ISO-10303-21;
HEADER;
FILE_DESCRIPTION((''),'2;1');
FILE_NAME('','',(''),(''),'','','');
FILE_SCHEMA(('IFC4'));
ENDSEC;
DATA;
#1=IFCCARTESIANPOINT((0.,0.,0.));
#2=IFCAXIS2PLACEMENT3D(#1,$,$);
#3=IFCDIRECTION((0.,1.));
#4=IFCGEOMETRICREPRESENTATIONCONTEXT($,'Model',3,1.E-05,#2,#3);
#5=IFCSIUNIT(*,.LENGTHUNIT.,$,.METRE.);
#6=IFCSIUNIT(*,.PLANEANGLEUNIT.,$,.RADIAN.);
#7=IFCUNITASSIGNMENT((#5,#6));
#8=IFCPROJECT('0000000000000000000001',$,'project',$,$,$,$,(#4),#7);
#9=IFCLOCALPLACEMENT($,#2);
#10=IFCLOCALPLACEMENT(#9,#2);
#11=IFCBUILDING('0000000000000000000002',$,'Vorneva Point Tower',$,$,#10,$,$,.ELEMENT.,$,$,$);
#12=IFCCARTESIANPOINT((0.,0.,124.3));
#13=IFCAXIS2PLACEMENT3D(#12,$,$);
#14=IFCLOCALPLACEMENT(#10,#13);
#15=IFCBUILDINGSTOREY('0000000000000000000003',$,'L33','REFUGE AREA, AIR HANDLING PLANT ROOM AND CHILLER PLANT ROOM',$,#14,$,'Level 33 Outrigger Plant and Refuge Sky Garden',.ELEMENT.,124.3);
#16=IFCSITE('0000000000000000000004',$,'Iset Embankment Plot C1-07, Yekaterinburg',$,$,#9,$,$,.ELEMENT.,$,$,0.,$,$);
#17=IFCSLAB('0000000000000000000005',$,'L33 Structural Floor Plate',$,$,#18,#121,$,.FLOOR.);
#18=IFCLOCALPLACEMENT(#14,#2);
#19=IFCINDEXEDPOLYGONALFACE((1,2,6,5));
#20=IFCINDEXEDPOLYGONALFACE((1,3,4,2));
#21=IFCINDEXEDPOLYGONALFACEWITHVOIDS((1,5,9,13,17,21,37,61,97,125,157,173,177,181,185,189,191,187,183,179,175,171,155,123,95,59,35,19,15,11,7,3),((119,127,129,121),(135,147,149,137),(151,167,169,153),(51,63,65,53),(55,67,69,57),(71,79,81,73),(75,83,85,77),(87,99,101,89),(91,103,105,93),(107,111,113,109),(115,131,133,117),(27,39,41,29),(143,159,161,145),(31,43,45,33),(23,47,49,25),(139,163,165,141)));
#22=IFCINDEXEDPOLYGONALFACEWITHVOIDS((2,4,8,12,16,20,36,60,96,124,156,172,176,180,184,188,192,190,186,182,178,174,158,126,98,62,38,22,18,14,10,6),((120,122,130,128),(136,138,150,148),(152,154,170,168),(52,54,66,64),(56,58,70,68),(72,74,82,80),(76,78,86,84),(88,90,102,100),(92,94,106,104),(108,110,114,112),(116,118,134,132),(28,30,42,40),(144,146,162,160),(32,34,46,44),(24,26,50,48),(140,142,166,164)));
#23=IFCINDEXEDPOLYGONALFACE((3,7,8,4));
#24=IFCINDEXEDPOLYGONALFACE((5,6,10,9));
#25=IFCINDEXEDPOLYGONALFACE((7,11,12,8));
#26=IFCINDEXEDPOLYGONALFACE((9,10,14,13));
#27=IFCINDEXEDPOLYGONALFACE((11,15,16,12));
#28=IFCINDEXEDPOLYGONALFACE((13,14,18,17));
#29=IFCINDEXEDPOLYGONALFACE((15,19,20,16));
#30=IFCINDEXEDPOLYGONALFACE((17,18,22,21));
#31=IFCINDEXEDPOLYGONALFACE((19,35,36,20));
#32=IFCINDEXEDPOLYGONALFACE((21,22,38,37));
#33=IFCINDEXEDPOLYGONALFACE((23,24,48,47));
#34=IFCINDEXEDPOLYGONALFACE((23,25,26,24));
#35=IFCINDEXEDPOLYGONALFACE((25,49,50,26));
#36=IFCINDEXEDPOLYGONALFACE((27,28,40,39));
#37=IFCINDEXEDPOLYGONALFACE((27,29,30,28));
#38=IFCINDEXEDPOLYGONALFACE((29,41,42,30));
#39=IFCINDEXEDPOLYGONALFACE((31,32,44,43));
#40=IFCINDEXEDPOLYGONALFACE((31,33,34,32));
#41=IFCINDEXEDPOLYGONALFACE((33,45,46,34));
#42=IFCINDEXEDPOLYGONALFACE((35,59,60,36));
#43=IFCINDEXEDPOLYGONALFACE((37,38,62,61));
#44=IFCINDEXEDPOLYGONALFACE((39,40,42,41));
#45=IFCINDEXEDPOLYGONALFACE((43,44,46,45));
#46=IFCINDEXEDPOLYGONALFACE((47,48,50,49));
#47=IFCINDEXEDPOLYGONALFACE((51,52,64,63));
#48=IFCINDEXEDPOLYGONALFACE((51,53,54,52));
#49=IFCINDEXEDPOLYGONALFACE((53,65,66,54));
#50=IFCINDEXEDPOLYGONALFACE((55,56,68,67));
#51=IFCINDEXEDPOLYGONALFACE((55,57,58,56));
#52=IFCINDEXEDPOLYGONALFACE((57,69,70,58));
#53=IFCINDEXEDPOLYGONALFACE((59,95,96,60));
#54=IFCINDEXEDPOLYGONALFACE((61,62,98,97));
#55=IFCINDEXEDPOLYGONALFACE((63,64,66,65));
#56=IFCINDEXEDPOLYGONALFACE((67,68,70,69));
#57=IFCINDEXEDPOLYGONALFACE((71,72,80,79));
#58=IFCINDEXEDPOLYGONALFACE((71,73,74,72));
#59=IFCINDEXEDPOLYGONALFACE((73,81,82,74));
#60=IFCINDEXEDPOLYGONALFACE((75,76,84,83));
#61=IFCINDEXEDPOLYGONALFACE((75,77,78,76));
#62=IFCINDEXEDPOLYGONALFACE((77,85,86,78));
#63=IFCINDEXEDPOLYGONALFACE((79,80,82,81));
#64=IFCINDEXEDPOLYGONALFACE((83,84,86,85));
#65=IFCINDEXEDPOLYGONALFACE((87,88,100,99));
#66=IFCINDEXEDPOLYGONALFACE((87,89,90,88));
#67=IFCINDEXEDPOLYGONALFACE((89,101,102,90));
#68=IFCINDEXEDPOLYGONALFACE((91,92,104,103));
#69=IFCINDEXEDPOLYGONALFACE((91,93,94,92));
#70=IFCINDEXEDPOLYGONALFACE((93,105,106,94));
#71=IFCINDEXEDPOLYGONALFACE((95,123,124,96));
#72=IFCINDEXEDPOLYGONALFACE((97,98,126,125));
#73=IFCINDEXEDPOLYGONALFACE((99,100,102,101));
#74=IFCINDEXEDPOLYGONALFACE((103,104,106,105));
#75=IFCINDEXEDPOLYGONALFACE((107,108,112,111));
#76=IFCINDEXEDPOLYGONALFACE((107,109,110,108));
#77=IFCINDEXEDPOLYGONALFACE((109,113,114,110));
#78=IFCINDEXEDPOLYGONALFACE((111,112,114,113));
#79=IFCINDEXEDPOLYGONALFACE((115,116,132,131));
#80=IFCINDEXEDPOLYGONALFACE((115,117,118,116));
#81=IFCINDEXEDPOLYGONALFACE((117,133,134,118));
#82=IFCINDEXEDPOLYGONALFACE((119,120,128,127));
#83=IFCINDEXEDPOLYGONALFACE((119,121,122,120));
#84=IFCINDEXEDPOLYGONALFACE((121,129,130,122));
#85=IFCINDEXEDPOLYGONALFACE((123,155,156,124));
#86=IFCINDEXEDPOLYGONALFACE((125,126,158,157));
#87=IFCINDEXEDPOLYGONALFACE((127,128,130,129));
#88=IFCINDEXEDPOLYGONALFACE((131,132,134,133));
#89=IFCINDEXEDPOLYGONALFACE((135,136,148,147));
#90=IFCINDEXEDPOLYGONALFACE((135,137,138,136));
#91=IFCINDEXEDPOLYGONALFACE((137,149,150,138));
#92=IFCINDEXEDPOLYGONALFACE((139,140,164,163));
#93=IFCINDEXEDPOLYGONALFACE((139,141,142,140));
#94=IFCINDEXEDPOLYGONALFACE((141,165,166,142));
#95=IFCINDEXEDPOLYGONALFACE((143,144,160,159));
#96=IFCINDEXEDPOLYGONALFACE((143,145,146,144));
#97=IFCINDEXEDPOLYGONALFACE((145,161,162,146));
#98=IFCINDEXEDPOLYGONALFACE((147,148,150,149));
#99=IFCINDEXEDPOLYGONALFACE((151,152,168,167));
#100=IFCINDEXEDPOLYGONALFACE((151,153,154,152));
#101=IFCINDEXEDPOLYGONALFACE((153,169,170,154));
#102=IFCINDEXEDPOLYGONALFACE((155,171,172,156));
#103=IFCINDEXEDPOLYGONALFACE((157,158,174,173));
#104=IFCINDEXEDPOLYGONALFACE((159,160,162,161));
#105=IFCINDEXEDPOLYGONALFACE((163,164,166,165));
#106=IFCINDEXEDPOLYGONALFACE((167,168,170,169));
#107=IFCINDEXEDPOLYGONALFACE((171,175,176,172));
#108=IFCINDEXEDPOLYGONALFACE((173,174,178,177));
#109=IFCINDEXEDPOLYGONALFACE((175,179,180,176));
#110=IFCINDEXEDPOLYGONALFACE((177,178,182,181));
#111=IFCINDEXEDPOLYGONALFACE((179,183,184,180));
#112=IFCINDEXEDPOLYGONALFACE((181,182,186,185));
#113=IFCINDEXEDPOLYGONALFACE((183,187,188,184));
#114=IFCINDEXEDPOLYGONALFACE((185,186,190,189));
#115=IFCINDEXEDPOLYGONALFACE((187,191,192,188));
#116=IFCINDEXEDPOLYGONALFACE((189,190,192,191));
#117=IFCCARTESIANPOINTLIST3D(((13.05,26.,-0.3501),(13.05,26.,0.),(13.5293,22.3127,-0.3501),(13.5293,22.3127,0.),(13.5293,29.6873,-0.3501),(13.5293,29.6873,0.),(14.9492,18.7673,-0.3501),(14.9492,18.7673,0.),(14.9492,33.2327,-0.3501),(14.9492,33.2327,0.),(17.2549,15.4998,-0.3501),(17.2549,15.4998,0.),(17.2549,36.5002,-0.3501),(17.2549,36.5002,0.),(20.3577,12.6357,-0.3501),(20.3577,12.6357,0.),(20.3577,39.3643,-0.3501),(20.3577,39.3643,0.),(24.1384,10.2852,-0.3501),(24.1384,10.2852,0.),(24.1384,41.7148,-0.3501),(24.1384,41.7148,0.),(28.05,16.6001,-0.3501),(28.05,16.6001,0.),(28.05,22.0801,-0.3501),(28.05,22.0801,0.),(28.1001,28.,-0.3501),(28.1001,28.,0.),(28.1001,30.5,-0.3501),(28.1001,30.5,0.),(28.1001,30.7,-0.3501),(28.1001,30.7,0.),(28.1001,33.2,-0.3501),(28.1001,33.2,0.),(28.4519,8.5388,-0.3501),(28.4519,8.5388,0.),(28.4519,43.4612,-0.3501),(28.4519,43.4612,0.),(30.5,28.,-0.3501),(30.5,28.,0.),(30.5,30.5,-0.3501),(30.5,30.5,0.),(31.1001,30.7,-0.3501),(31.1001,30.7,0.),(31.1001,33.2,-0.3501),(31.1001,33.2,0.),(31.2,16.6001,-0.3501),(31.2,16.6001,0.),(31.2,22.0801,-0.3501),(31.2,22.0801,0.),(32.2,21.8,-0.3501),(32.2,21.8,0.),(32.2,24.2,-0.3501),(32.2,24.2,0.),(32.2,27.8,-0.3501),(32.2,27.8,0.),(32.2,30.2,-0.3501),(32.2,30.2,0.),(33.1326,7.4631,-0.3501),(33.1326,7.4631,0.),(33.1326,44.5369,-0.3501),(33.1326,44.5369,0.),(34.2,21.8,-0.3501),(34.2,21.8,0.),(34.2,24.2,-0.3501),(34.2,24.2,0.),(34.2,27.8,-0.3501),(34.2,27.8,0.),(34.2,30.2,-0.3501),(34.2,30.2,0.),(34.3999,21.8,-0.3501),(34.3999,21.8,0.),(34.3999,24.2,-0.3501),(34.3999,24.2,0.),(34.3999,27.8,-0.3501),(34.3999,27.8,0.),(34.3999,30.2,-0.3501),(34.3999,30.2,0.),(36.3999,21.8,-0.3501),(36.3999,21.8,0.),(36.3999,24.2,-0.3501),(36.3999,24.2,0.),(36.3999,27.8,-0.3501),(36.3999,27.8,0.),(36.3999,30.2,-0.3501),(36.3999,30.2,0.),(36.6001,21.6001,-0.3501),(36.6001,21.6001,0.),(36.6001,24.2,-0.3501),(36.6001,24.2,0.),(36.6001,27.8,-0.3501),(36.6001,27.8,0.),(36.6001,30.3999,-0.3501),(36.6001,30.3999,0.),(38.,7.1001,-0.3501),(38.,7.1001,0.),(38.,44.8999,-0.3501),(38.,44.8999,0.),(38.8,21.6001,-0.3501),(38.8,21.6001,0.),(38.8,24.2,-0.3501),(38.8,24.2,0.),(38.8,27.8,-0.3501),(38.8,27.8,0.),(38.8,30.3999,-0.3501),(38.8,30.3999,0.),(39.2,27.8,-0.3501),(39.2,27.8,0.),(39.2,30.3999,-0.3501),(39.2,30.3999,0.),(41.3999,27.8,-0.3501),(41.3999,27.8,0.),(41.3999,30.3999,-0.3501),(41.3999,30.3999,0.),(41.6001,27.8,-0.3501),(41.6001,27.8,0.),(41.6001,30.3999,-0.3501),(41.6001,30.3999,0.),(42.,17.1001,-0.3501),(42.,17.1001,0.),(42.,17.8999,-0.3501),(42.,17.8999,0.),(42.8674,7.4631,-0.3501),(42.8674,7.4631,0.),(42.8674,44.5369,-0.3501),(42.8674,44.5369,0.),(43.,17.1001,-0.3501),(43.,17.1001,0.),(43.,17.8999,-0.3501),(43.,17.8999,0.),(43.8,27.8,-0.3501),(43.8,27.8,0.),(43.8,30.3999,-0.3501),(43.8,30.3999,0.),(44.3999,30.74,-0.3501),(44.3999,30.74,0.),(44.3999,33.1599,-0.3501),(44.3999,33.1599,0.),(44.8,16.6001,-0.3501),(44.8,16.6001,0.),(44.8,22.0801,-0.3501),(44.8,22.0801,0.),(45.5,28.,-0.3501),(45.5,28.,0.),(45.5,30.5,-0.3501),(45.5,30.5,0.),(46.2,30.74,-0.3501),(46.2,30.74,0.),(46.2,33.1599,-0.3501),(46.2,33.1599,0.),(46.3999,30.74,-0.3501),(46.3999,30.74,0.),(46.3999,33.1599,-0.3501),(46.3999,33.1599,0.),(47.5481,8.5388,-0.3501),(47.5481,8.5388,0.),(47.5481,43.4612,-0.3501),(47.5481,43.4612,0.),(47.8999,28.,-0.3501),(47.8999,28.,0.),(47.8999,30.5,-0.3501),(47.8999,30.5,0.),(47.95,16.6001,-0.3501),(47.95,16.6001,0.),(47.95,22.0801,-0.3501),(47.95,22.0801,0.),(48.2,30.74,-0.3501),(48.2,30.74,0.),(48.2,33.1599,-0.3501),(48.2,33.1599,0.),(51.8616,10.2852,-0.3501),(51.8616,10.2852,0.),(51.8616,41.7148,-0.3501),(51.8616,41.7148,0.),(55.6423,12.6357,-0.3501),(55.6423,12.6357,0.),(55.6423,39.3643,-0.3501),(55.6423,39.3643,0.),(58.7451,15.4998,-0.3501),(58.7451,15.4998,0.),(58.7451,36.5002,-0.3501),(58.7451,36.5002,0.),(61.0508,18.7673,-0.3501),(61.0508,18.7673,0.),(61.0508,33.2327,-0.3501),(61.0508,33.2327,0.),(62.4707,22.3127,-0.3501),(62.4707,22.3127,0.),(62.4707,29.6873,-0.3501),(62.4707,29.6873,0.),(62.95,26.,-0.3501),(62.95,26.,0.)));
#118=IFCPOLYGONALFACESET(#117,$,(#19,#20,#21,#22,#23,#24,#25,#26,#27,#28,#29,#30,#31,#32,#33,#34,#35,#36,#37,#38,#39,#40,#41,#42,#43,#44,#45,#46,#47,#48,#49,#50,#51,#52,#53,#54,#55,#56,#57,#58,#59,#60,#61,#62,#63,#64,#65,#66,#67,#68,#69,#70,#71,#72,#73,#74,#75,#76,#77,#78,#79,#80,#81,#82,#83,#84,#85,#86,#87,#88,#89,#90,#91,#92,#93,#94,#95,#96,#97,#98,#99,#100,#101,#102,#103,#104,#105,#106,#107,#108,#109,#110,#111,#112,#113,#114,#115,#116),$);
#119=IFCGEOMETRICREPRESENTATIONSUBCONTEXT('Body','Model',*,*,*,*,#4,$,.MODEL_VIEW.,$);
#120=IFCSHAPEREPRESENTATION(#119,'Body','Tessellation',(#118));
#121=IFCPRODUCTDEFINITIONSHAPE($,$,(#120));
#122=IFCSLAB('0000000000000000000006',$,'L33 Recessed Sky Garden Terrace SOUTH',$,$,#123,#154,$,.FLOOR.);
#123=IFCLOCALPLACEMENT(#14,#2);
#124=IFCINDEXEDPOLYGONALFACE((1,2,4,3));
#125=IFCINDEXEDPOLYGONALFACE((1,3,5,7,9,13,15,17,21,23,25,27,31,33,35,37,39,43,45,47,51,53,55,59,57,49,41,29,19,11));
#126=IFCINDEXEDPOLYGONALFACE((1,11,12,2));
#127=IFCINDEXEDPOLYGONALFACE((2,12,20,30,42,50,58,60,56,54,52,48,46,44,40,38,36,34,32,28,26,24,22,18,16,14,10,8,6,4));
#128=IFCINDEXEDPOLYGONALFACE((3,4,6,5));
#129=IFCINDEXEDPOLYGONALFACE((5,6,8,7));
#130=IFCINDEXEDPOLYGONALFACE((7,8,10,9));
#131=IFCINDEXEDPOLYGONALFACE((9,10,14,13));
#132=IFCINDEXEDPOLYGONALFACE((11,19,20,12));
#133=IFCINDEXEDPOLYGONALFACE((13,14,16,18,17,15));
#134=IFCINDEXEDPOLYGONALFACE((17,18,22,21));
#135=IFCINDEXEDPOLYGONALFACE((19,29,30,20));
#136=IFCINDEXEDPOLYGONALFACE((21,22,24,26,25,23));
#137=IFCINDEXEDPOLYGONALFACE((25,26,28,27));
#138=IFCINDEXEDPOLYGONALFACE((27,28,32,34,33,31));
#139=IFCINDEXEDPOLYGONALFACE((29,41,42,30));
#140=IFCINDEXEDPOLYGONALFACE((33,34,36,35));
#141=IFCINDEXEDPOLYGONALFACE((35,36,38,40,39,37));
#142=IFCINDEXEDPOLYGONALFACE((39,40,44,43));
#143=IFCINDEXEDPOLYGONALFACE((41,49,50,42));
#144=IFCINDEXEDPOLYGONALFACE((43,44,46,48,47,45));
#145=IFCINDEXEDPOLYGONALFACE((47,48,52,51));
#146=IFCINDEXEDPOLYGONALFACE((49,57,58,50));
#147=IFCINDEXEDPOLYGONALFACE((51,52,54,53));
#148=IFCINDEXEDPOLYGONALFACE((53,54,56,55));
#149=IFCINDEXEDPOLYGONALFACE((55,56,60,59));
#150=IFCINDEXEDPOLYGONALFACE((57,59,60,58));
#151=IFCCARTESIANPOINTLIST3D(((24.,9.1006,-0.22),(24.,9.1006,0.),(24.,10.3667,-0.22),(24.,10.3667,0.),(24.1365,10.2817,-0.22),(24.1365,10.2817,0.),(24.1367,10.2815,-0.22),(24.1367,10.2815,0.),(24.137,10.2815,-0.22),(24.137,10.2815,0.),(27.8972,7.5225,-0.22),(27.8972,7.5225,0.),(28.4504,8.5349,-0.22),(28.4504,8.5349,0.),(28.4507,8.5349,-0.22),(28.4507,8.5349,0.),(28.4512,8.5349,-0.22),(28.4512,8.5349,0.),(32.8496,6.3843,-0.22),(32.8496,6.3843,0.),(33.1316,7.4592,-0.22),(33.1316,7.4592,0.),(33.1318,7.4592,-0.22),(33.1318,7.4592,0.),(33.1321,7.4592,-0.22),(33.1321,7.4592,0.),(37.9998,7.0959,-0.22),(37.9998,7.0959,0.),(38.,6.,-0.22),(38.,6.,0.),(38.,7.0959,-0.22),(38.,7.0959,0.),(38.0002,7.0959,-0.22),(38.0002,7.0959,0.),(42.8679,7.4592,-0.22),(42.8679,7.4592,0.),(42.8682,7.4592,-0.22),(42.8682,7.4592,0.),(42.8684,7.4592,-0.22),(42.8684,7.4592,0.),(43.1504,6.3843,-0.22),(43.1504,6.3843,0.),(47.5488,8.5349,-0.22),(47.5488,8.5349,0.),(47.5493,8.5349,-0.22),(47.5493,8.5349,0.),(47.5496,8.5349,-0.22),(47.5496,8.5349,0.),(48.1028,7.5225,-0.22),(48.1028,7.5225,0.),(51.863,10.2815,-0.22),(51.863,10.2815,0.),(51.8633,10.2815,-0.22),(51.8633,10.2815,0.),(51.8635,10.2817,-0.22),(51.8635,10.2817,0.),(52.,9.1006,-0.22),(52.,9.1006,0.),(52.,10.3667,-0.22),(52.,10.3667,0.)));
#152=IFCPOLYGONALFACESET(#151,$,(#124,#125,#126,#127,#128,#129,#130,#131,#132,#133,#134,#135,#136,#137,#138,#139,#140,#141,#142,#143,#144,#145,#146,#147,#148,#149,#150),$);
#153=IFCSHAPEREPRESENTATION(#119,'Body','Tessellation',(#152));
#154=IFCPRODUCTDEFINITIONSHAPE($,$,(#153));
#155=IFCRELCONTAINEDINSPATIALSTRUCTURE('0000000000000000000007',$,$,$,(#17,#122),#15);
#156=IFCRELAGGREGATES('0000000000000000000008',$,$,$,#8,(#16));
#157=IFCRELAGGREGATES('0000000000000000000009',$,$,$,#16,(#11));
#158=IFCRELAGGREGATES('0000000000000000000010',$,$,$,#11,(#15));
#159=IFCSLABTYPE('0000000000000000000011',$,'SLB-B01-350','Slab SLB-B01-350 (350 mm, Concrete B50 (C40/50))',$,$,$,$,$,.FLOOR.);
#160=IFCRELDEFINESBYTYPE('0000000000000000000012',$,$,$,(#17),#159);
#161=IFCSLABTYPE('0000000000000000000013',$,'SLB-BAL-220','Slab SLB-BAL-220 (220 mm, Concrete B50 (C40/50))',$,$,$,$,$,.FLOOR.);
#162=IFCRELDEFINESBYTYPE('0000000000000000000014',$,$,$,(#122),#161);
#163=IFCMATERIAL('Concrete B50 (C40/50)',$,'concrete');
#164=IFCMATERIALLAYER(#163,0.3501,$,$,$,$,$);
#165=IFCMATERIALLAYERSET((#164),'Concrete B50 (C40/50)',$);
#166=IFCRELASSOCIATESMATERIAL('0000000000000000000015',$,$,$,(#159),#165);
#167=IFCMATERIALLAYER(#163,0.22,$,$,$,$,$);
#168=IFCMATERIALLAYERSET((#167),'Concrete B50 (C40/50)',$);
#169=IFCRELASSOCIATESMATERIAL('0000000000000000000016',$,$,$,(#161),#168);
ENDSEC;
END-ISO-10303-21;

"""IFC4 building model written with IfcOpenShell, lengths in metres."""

from ifc_helpers import new_model, si_unit, direction, frame, origin, place, context, subcontext, project, spatial, polyline, outline, extrude, material, layer, layer_set, type_object, element, save


model = new_model("IFC4")

# Units and contexts
model_context = context("Model", 3, precision=1e-05, world=origin(), true_north=direction((0.0, 1.0)))
body_context = subcontext(model_context, "Body", "Model", "MODEL_VIEW")
ifc_project = project(units=[si_unit("LENGTHUNIT", "METRE"), si_unit("PLANEANGLEUNIT", "RADIAN")], contexts=[model_context])

# Site, building, storey
site_placement = place(None, origin())
site = spatial("IfcSite", under=ifc_project, at=site_placement, Name="Iset Embankment Plot C1-07, Yekaterinburg", CompositionType="ELEMENT", RefElevation=0.0)
building_placement = place(site_placement, origin())
building = spatial("IfcBuilding", under=site, at=building_placement, Name="Vorneva Point Tower", CompositionType="ELEMENT")
storey_placement = place(building_placement, frame((0.0, 0.0, 124.3)))
storey = spatial("IfcBuildingStorey", under=building, at=storey_placement, Name="L33", Description="REFUGE AREA, AIR HANDLING PLANT ROOM AND CHILLER PLANT ROOM", LongName="Level 33 Outrigger Plant and Refuge Sky Garden", CompositionType="ELEMENT", Elevation=124.3)

# Slabs
ifc_material_1 = material(Name="Concrete B50 (C40/50)", Category="concrete")
ifc_layer_1 = layer(ifc_material_1, 0.3501)
ifc_layer_set_1 = layer_set([ifc_layer_1], Name="Concrete B50 (C40/50)")
slab_type_1 = type_object("IfcSlabType", Name="SLB-B01-350", Description="Slab SLB-B01-350 (350 mm, Concrete B50 (C40/50))", PredefinedType="FLOOR", material=ifc_layer_set_1)
slab_1_placement = place(storey_placement, frame((0.0, 0.0, -0.3501)))
element("IfcSlab", 1, at=slab_1_placement, inside=storey, type_object=slab_type_1, Name="L33 Structural Floor Plate", PredefinedType="FLOOR", context=body_context, shape_type="SweptSolid", body=[
    extrude(outline(polyline([(62.95, 26.0), (62.4707, 29.6873), (61.0508, 33.2327), (58.7451, 36.5002), (55.6423, 39.3643), (51.8616, 41.7148), (47.5481, 43.4612), (42.8674, 44.5369), (38.0, 44.8999), (33.1326, 44.5369), (28.4519, 43.4612), (24.1384, 41.7148), (20.3577, 39.3643), (17.2549, 36.5002), (14.9492, 33.2327), (13.5293, 29.6873), (13.05, 26.0), (13.5293, 22.3127), (14.9492, 18.7673), (17.2549, 15.4998), (20.3577, 12.6357), (24.1384, 10.2852), (28.4519, 8.5388), (33.1326, 7.4631), (38.0, 7.1001), (42.8674, 7.4631), (47.5481, 8.5388), (51.8616, 10.2852), (55.6423, 12.6357), (58.7451, 15.4998), (61.0508, 18.7673), (62.4707, 22.3127), (62.95, 26.0)]), holes=[polyline([(32.2, 27.8), (34.2, 27.8), (34.2, 30.2), (32.2, 30.2), (32.2, 27.8)]), polyline([(34.3999, 27.8), (36.3999, 27.8), (36.3999, 30.2), (34.3999, 30.2), (34.3999, 27.8)]), polyline([(36.6001, 27.8), (38.8, 27.8), (38.8, 30.3999), (36.6001, 30.3999), (36.6001, 27.8)]), polyline([(32.2, 21.8), (34.2, 21.8), (34.2, 24.2), (32.2, 24.2), (32.2, 21.8)]), polyline([(34.3999, 21.8), (36.3999, 21.8), (36.3999, 24.2), (34.3999, 24.2), (34.3999, 21.8)]), polyline([(36.6001, 21.6001), (38.8, 21.6001), (38.8, 24.2), (36.6001, 24.2), (36.6001, 21.6001)]), polyline([(39.2, 27.8), (41.3999, 27.8), (41.3999, 30.3999), (39.2, 30.3999), (39.2, 27.8)]), polyline([(41.6001, 27.8), (43.8, 27.8), (43.8, 30.3999), (41.6001, 30.3999), (41.6001, 27.8)]), polyline([(44.3999, 30.74), (46.2, 30.74), (46.2, 33.1599), (44.3999, 33.1599), (44.3999, 30.74)]), polyline([(46.3999, 30.74), (48.2, 30.74), (48.2, 33.1599), (46.3999, 33.1599), (46.3999, 30.74)]), polyline([(28.1001, 28.0), (30.5, 28.0), (30.5, 30.5), (28.1001, 30.5), (28.1001, 28.0)]), polyline([(45.5, 28.0), (47.8999, 28.0), (47.8999, 30.5), (45.5, 30.5), (45.5, 28.0)]), polyline([(28.1001, 30.7), (31.1001, 30.7), (31.1001, 33.2), (28.1001, 33.2), (28.1001, 30.7)]), polyline([(28.05, 16.6001), (31.2, 16.6001), (31.2, 22.0801), (28.05, 22.0801), (28.05, 16.6001)]), polyline([(44.8, 16.6001), (47.95, 16.6001), (47.95, 22.0801), (44.8, 22.0801), (44.8, 16.6001)]), polyline([(42.0, 17.1001), (43.0, 17.1001), (43.0, 17.8999), (42.0, 17.8999), (42.0, 17.1001)])]), origin(), (0.0, 0.0, 1.0), 0.3501),
])
ifc_layer_2 = layer(ifc_material_1, 0.22)
ifc_layer_set_2 = layer_set([ifc_layer_2], Name="Concrete B50 (C40/50)")
slab_type_2 = type_object("IfcSlabType", Name="SLB-BAL-220", Description="Slab SLB-BAL-220 (220 mm, Concrete B50 (C40/50))", PredefinedType="FLOOR", material=ifc_layer_set_2)
slab_2_placement = place(storey_placement, frame((0.0, 0.0, -0.22)))
element("IfcSlab", 2, at=slab_2_placement, inside=storey, type_object=slab_type_2, Name="L33 Recessed Sky Garden Terrace SOUTH", PredefinedType="FLOOR", context=body_context, shape_type="SweptSolid", body=[
    extrude(outline(polyline([(52.0, 9.1006), (52.0, 10.3667), (51.8635, 10.2817), (51.8633, 10.2815), (51.863, 10.2815), (47.5496, 8.5349), (47.5493, 8.5349), (47.5488, 8.5349), (42.8684, 7.4592), (42.8682, 7.4592), (42.8679, 7.4592), (38.0002, 7.0959), (38.0, 7.0959), (37.9998, 7.0959), (33.1321, 7.4592), (33.1318, 7.4592), (33.1316, 7.4592), (28.4512, 8.5349), (28.4507, 8.5349), (28.4504, 8.5349), (24.137, 10.2815), (24.1367, 10.2815), (24.1365, 10.2817), (24.0, 10.3667), (24.0, 9.1006), (27.8972, 7.5225), (32.8496, 6.3843), (38.0, 6.0), (43.1504, 6.3843), (48.1028, 7.5225), (52.0, 9.1006)])), origin(), (0.0, 0.0, 1.0), 0.22),
])

save(model, "model.ifc")
